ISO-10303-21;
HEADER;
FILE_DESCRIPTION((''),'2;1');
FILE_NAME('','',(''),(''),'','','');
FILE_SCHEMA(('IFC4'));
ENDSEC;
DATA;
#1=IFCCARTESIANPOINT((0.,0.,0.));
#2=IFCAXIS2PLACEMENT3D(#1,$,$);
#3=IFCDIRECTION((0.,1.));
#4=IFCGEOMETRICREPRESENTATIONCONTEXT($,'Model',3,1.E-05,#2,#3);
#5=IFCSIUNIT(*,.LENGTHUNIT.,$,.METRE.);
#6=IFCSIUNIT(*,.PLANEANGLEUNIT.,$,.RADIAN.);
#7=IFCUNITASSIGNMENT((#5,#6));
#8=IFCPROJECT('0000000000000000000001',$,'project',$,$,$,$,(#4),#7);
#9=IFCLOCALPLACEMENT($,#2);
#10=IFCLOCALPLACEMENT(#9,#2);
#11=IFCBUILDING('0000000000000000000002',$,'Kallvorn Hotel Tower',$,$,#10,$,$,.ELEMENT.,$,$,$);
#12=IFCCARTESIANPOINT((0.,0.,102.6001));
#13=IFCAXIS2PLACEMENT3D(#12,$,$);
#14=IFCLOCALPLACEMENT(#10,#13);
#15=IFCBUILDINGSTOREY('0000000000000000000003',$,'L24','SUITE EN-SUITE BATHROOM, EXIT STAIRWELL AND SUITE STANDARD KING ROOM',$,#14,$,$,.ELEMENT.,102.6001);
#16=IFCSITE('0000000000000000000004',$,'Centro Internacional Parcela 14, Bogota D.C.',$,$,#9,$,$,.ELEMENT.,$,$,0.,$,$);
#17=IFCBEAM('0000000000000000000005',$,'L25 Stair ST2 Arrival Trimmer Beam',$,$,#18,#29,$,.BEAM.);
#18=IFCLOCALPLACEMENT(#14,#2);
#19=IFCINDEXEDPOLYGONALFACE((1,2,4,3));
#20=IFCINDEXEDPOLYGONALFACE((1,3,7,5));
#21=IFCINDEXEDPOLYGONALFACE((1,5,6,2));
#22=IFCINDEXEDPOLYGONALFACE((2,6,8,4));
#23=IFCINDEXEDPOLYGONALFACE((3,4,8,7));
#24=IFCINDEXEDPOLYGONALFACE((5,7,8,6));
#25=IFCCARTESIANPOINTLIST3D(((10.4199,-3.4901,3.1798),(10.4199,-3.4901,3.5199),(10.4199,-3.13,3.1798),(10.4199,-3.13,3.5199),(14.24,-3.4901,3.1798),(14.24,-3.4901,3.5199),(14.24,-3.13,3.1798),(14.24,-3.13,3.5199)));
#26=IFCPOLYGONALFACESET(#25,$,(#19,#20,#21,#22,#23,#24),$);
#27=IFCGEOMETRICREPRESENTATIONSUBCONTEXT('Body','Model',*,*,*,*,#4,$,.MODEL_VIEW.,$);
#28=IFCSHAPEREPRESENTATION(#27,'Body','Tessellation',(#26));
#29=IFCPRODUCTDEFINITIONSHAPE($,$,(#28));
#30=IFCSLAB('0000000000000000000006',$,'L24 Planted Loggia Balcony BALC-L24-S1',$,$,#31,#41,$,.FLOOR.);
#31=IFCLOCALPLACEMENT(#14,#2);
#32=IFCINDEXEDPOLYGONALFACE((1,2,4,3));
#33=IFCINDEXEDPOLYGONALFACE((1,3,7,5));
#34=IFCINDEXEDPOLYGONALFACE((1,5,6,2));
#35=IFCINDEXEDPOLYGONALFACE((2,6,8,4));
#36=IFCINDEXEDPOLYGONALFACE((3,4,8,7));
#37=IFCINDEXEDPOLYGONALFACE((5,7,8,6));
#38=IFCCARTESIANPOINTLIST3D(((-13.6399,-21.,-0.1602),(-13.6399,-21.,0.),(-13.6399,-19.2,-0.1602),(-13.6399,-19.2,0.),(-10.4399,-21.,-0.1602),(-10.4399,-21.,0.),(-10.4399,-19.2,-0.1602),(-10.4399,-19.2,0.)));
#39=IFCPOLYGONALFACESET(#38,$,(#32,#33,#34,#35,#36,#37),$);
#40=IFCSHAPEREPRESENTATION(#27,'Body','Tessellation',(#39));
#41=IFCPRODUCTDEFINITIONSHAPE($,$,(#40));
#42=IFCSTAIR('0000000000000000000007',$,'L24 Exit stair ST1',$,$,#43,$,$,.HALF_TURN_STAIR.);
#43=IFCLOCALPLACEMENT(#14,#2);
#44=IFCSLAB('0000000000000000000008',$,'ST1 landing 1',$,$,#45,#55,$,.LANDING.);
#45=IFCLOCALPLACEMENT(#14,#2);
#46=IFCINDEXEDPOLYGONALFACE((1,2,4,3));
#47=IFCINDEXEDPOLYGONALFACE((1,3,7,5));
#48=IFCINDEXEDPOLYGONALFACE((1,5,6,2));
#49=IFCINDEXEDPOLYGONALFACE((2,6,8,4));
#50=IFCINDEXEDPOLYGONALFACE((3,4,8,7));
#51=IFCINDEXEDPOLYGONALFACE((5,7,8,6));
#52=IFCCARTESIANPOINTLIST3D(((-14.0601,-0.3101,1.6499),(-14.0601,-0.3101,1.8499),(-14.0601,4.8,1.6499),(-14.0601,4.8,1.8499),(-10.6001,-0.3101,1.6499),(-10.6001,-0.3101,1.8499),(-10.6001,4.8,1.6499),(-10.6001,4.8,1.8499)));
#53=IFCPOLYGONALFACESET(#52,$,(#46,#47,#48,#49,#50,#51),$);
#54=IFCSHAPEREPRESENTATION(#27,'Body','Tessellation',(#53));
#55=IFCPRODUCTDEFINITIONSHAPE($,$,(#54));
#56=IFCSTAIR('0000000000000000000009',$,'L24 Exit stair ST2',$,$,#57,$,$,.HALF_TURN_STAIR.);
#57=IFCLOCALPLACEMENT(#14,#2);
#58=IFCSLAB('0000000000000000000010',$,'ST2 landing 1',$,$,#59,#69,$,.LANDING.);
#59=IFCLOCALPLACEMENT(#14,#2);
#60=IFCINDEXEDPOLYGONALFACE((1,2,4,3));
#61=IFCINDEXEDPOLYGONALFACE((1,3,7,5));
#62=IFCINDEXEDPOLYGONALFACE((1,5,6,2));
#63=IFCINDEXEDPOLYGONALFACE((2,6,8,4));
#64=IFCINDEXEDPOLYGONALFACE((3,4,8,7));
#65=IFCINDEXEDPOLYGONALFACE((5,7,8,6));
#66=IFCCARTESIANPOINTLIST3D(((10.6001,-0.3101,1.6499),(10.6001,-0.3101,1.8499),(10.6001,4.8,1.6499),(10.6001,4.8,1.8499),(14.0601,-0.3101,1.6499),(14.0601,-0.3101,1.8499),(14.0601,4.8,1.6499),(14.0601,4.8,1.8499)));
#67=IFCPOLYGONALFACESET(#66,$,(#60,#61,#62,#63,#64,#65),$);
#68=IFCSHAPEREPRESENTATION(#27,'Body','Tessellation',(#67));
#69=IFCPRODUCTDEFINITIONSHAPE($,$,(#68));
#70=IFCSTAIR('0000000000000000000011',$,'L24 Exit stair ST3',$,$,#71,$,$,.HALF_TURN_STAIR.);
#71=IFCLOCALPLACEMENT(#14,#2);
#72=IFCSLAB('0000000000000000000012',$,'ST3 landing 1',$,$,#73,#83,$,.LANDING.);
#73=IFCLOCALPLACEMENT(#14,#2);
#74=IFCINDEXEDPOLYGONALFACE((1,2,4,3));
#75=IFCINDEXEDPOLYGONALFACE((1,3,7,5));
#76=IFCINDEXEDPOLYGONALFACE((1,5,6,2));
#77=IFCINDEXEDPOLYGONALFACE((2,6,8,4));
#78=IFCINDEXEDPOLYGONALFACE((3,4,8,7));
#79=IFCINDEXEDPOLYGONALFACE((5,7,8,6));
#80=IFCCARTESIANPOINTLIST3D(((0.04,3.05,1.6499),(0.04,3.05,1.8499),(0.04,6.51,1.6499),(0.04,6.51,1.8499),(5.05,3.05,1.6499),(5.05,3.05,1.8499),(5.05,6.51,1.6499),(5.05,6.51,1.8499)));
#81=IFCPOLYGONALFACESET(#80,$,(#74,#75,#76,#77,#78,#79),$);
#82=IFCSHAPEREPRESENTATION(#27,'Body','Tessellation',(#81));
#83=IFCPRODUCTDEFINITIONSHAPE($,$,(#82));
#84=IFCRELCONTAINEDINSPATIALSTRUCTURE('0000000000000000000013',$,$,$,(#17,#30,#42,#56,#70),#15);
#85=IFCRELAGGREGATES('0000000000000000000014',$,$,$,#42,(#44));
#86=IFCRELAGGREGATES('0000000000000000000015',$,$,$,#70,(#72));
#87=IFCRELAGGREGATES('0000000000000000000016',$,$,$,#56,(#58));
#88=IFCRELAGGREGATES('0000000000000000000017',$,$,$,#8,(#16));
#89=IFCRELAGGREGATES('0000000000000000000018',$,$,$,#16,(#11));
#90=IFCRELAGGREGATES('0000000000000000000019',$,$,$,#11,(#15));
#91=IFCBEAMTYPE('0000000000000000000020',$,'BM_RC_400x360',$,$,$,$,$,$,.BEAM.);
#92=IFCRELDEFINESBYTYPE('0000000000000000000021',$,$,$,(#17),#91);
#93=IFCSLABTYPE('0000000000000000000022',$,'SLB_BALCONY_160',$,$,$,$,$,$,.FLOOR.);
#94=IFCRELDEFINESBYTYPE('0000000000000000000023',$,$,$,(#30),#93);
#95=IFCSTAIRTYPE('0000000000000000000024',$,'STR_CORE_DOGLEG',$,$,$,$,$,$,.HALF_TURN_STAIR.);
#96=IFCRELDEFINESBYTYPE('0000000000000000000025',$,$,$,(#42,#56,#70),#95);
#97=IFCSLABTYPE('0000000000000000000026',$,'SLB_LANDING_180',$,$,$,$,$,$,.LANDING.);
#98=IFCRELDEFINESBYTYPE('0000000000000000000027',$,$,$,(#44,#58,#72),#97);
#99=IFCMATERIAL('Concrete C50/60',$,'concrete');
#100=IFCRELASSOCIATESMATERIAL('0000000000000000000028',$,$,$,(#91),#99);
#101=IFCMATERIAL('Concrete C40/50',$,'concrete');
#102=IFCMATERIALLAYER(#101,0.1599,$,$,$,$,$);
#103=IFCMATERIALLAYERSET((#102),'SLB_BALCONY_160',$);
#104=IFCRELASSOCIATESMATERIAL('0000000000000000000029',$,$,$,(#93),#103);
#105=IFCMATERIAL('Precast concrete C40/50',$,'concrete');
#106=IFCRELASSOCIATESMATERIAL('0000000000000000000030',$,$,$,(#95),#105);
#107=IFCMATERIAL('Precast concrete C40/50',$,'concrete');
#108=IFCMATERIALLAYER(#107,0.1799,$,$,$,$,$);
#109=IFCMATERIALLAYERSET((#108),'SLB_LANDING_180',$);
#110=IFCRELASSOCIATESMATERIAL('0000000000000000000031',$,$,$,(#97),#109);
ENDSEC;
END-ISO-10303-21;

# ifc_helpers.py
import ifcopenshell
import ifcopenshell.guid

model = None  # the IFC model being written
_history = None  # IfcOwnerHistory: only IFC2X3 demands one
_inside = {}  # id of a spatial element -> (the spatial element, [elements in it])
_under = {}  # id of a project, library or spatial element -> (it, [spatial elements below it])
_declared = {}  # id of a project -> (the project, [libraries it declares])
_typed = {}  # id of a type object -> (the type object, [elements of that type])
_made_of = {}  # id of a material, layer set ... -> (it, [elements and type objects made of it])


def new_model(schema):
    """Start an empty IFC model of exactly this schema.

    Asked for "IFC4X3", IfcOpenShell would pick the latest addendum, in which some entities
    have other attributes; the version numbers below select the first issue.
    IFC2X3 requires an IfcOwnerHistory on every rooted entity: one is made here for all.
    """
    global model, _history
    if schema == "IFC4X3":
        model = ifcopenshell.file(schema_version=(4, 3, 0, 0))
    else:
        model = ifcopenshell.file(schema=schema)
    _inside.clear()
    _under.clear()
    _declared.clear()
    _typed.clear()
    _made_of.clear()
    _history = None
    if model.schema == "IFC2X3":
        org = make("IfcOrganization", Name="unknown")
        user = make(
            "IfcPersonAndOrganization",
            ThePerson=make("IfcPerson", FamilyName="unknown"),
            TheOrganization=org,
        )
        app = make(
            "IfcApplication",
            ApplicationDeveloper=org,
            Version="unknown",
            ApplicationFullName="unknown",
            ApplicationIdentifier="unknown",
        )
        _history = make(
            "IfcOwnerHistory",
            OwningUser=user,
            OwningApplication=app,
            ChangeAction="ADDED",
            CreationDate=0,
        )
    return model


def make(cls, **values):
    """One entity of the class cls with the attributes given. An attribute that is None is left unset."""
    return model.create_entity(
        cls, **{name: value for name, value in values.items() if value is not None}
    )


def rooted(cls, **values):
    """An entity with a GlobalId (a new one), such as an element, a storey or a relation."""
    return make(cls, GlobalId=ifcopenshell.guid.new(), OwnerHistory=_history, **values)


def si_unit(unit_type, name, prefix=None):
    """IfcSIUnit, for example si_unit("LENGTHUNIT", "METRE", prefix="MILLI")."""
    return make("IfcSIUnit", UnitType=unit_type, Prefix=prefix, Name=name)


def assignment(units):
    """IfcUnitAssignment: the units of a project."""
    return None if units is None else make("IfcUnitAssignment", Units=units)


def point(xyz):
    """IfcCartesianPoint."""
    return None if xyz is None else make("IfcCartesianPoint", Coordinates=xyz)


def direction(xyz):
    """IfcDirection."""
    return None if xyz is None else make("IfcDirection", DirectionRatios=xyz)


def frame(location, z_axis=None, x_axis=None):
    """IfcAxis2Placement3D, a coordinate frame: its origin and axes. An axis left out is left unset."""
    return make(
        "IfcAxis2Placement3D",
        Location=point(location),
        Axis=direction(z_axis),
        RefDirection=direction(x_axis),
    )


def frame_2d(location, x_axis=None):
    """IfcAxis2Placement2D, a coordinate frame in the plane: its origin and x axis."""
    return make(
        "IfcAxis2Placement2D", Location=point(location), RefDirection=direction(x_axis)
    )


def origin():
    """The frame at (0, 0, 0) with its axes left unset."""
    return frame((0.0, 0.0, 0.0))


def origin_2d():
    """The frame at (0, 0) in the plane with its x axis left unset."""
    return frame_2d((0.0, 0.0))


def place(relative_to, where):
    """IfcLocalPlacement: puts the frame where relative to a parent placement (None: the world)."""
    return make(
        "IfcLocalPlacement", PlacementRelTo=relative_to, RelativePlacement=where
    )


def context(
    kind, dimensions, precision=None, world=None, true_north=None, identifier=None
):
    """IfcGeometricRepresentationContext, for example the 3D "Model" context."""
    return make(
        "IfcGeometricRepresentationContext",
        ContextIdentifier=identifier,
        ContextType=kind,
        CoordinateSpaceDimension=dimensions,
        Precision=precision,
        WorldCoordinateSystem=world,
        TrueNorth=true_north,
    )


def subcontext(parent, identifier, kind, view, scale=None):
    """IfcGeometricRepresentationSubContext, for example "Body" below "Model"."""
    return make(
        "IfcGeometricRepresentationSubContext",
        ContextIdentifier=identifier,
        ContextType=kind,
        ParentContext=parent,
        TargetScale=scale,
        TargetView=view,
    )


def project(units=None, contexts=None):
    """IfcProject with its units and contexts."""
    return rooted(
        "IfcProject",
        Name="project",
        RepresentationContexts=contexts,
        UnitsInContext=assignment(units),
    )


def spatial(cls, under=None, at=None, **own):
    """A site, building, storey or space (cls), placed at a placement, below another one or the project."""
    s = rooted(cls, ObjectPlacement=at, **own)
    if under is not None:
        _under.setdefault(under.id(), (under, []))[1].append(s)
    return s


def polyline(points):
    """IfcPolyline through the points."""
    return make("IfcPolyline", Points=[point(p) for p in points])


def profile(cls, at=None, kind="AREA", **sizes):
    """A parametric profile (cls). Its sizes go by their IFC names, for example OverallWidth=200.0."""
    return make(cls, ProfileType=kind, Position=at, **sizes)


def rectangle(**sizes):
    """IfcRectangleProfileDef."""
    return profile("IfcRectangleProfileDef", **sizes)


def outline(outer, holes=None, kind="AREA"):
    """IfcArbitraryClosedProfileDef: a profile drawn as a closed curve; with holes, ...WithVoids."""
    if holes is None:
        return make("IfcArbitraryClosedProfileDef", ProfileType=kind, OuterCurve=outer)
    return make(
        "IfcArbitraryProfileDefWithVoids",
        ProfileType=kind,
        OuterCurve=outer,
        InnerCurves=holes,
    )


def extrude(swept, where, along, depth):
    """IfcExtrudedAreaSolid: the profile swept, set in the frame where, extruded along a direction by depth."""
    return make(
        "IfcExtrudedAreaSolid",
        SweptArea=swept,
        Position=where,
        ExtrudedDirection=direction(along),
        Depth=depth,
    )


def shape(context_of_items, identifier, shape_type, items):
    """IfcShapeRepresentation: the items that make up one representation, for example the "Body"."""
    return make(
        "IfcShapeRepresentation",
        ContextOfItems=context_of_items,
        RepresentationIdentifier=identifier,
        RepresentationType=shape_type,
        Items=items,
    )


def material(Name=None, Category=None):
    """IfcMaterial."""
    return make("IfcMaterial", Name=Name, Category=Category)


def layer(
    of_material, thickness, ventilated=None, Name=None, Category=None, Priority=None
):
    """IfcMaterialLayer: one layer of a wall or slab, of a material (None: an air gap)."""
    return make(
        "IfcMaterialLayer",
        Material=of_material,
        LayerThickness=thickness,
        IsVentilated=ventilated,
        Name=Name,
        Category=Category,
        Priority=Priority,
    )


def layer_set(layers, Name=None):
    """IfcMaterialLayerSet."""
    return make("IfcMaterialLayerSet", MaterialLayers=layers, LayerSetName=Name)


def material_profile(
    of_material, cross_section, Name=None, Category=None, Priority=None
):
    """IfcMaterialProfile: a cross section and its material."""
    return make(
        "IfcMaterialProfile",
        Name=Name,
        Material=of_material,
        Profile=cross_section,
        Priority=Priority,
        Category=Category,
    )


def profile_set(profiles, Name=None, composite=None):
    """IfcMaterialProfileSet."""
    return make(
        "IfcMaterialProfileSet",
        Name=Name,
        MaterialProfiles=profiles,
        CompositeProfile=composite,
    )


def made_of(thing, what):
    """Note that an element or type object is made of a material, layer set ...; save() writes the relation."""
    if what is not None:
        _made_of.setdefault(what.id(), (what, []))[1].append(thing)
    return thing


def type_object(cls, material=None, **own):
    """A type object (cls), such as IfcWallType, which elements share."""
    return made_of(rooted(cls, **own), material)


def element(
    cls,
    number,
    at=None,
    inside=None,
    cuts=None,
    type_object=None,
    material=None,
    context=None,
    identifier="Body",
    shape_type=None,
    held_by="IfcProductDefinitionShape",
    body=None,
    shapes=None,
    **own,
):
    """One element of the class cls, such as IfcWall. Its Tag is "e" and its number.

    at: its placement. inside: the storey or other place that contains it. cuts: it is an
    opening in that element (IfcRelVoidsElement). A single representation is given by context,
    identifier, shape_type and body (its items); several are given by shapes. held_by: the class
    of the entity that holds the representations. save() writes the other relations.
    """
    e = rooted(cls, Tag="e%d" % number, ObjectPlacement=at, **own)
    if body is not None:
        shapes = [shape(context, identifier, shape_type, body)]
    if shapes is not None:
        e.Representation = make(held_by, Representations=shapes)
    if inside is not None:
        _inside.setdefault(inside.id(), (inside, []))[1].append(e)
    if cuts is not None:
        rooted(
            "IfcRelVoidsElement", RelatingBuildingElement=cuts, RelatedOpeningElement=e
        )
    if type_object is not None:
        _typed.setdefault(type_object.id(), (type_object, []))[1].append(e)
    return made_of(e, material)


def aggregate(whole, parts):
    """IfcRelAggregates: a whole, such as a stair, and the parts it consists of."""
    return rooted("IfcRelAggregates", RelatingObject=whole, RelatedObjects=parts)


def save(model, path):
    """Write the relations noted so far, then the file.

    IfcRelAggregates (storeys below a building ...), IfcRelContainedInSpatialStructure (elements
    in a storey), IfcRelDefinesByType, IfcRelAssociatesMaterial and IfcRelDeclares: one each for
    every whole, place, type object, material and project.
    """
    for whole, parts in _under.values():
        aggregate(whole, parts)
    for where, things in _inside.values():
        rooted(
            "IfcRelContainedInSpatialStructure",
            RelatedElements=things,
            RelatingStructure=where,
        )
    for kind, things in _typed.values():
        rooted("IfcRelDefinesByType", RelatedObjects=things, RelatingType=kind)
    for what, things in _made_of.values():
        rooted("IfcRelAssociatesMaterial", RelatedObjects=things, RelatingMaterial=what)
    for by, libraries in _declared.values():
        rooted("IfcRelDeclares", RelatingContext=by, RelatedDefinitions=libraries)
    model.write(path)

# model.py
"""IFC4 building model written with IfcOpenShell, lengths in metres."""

from ifc_helpers import new_model, si_unit, direction, frame, origin, origin_2d, place, context, subcontext, project, spatial, polyline, rectangle, outline, extrude, material, layer, layer_set, material_profile, profile_set, type_object, element, aggregate, save


model = new_model("IFC4")

# Units and contexts
model_context = context("Model", 3, precision=1e-05, world=origin(), true_north=direction((0.0, 1.0)))
body_context = subcontext(model_context, "Body", "Model", "MODEL_VIEW")
ifc_project = project(units=[si_unit("LENGTHUNIT", "METRE"), si_unit("PLANEANGLEUNIT", "RADIAN")], contexts=[model_context])

# Site, building, storey
site_placement = place(None, origin())
site = spatial("IfcSite", under=ifc_project, at=site_placement, Name="Centro Internacional Parcela 14, Bogota D.C.", CompositionType="ELEMENT", RefElevation=0.0)
building_placement = place(site_placement, origin())
building = spatial("IfcBuilding", under=site, at=building_placement, Name="Kallvorn Hotel Tower", CompositionType="ELEMENT")
storey_placement = place(building_placement, frame((0.0, 0.0, 102.6001)))
storey = spatial("IfcBuildingStorey", under=building, at=storey_placement, Name="L24", Description="SUITE EN-SUITE BATHROOM, EXIT STAIRWELL AND SUITE STANDARD KING ROOM", CompositionType="ELEMENT", Elevation=102.6001)

# Beam
ifc_material_1 = material(Name="Concrete C50/60", Category="concrete")
ifc_material_profile = material_profile(ifc_material_1, rectangle(XDim=0.3601, YDim=0.3401, at=origin_2d()), Name="RC 360x340")
ifc_profile_set = profile_set([ifc_material_profile], Name="Concrete C50/60")
beam_type = type_object("IfcBeamType", Name="BM_RC_400x360", PredefinedType="BEAM", material=ifc_profile_set)
beam_placement = place(storey_placement, frame((14.24, -3.3101, 3.3499), z_axis=(-1.0, 0.0, 0.0), x_axis=(0.0, -1.0, 0.0)))
element("IfcBeam", 1, at=beam_placement, inside=storey, type_object=beam_type, Name="L25 Stair ST2 Arrival Trimmer Beam", PredefinedType="BEAM", context=body_context, shape_type="SweptSolid", body=[
    extrude(rectangle(XDim=0.3601, YDim=0.3401, at=origin_2d()), origin(), (0.0, 0.0, 1.0), 3.8201),
])

# Slab
ifc_material_2 = material(Name="Concrete C40/50", Category="concrete")
ifc_layer_1 = layer(ifc_material_2, 0.1599)
ifc_layer_set_1 = layer_set([ifc_layer_1], Name="SLB_BALCONY_160")
slab_type_1 = type_object("IfcSlabType", Name="SLB_BALCONY_160", PredefinedType="FLOOR", material=ifc_layer_set_1)
slab_1_placement = place(storey_placement, frame((0.0, 0.0, -0.1602)))
element("IfcSlab", 2, at=slab_1_placement, inside=storey, type_object=slab_type_1, Name="L24 Planted Loggia Balcony BALC-L24-S1", PredefinedType="FLOOR", context=body_context, shape_type="SweptSolid", body=[
    extrude(outline(polyline([(-13.6399, -21.0), (-10.4399, -21.0), (-10.4399, -19.2), (-13.6399, -19.2), (-13.6399, -21.0)])), origin(), (0.0, 0.0, 1.0), 0.1602),
])

# Stairs, slabs
ifc_material_3 = material(Name="Precast concrete C40/50", Category="concrete")
stair_type = type_object("IfcStairType", Name="STR_CORE_DOGLEG", PredefinedType="HALF_TURN_STAIR", material=ifc_material_3)
stair_1_placement = place(storey_placement, origin())
stair_1 = element("IfcStair", 3, at=stair_1_placement, inside=storey, type_object=stair_type, Name="L24 Exit stair ST1", PredefinedType="HALF_TURN_STAIR")
ifc_material_4 = material(Name="Precast concrete C40/50", Category="concrete")
ifc_layer_2 = layer(ifc_material_4, 0.1799)
ifc_layer_set_2 = layer_set([ifc_layer_2], Name="SLB_LANDING_180")
slab_type_2 = type_object("IfcSlabType", Name="SLB_LANDING_180", PredefinedType="LANDING", material=ifc_layer_set_2)
slab_2_placement = place(storey_placement, frame((0.0, 0.0, 1.6499)))
slab_2 = element("IfcSlab", 4, at=slab_2_placement, type_object=slab_type_2, Name="ST1 landing 1", PredefinedType="LANDING", context=body_context, shape_type="SweptSolid", body=[
    extrude(outline(polyline([(-10.6001, -0.3101), (-10.6001, 4.8), (-14.0601, 4.8), (-14.0601, -0.3101), (-10.6001, -0.3101)])), origin(), (0.0, 0.0, 1.0), 0.2),
])
aggregate(stair_1, [slab_2])
stair_2_placement = place(storey_placement, origin())
stair_2 = element("IfcStair", 5, at=stair_2_placement, inside=storey, type_object=stair_type, Name="L24 Exit stair ST2", PredefinedType="HALF_TURN_STAIR")
slab_3_placement = place(storey_placement, frame((0.0, 0.0, 1.6499)))
slab_3 = element("IfcSlab", 6, at=slab_3_placement, type_object=slab_type_2, Name="ST2 landing 1", PredefinedType="LANDING", context=body_context, shape_type="SweptSolid", body=[
    extrude(outline(polyline([(14.0601, -0.3101), (14.0601, 4.8), (10.6001, 4.8), (10.6001, -0.3101), (14.0601, -0.3101)])), origin(), (0.0, 0.0, 1.0), 0.2),
])
stair_3_placement = place(storey_placement, origin())
stair_3 = element("IfcStair", 7, at=stair_3_placement, inside=storey, type_object=stair_type, Name="L24 Exit stair ST3", PredefinedType="HALF_TURN_STAIR")
slab_4_placement = place(storey_placement, frame((0.0, 0.0, 1.6499)))
slab_4 = element("IfcSlab", 8, at=slab_4_placement, type_object=slab_type_2, Name="ST3 landing 1", PredefinedType="LANDING", context=body_context, shape_type="SweptSolid", body=[
    extrude(outline(polyline([(0.04, 3.05), (5.05, 3.05), (5.05, 6.51), (0.04, 6.51), (0.04, 3.05)])), origin(), (0.0, 0.0, 1.0), 0.2),
])
aggregate(stair_3, [slab_4])

aggregate(stair_2, [slab_3])

save(model, "model.ifc")
